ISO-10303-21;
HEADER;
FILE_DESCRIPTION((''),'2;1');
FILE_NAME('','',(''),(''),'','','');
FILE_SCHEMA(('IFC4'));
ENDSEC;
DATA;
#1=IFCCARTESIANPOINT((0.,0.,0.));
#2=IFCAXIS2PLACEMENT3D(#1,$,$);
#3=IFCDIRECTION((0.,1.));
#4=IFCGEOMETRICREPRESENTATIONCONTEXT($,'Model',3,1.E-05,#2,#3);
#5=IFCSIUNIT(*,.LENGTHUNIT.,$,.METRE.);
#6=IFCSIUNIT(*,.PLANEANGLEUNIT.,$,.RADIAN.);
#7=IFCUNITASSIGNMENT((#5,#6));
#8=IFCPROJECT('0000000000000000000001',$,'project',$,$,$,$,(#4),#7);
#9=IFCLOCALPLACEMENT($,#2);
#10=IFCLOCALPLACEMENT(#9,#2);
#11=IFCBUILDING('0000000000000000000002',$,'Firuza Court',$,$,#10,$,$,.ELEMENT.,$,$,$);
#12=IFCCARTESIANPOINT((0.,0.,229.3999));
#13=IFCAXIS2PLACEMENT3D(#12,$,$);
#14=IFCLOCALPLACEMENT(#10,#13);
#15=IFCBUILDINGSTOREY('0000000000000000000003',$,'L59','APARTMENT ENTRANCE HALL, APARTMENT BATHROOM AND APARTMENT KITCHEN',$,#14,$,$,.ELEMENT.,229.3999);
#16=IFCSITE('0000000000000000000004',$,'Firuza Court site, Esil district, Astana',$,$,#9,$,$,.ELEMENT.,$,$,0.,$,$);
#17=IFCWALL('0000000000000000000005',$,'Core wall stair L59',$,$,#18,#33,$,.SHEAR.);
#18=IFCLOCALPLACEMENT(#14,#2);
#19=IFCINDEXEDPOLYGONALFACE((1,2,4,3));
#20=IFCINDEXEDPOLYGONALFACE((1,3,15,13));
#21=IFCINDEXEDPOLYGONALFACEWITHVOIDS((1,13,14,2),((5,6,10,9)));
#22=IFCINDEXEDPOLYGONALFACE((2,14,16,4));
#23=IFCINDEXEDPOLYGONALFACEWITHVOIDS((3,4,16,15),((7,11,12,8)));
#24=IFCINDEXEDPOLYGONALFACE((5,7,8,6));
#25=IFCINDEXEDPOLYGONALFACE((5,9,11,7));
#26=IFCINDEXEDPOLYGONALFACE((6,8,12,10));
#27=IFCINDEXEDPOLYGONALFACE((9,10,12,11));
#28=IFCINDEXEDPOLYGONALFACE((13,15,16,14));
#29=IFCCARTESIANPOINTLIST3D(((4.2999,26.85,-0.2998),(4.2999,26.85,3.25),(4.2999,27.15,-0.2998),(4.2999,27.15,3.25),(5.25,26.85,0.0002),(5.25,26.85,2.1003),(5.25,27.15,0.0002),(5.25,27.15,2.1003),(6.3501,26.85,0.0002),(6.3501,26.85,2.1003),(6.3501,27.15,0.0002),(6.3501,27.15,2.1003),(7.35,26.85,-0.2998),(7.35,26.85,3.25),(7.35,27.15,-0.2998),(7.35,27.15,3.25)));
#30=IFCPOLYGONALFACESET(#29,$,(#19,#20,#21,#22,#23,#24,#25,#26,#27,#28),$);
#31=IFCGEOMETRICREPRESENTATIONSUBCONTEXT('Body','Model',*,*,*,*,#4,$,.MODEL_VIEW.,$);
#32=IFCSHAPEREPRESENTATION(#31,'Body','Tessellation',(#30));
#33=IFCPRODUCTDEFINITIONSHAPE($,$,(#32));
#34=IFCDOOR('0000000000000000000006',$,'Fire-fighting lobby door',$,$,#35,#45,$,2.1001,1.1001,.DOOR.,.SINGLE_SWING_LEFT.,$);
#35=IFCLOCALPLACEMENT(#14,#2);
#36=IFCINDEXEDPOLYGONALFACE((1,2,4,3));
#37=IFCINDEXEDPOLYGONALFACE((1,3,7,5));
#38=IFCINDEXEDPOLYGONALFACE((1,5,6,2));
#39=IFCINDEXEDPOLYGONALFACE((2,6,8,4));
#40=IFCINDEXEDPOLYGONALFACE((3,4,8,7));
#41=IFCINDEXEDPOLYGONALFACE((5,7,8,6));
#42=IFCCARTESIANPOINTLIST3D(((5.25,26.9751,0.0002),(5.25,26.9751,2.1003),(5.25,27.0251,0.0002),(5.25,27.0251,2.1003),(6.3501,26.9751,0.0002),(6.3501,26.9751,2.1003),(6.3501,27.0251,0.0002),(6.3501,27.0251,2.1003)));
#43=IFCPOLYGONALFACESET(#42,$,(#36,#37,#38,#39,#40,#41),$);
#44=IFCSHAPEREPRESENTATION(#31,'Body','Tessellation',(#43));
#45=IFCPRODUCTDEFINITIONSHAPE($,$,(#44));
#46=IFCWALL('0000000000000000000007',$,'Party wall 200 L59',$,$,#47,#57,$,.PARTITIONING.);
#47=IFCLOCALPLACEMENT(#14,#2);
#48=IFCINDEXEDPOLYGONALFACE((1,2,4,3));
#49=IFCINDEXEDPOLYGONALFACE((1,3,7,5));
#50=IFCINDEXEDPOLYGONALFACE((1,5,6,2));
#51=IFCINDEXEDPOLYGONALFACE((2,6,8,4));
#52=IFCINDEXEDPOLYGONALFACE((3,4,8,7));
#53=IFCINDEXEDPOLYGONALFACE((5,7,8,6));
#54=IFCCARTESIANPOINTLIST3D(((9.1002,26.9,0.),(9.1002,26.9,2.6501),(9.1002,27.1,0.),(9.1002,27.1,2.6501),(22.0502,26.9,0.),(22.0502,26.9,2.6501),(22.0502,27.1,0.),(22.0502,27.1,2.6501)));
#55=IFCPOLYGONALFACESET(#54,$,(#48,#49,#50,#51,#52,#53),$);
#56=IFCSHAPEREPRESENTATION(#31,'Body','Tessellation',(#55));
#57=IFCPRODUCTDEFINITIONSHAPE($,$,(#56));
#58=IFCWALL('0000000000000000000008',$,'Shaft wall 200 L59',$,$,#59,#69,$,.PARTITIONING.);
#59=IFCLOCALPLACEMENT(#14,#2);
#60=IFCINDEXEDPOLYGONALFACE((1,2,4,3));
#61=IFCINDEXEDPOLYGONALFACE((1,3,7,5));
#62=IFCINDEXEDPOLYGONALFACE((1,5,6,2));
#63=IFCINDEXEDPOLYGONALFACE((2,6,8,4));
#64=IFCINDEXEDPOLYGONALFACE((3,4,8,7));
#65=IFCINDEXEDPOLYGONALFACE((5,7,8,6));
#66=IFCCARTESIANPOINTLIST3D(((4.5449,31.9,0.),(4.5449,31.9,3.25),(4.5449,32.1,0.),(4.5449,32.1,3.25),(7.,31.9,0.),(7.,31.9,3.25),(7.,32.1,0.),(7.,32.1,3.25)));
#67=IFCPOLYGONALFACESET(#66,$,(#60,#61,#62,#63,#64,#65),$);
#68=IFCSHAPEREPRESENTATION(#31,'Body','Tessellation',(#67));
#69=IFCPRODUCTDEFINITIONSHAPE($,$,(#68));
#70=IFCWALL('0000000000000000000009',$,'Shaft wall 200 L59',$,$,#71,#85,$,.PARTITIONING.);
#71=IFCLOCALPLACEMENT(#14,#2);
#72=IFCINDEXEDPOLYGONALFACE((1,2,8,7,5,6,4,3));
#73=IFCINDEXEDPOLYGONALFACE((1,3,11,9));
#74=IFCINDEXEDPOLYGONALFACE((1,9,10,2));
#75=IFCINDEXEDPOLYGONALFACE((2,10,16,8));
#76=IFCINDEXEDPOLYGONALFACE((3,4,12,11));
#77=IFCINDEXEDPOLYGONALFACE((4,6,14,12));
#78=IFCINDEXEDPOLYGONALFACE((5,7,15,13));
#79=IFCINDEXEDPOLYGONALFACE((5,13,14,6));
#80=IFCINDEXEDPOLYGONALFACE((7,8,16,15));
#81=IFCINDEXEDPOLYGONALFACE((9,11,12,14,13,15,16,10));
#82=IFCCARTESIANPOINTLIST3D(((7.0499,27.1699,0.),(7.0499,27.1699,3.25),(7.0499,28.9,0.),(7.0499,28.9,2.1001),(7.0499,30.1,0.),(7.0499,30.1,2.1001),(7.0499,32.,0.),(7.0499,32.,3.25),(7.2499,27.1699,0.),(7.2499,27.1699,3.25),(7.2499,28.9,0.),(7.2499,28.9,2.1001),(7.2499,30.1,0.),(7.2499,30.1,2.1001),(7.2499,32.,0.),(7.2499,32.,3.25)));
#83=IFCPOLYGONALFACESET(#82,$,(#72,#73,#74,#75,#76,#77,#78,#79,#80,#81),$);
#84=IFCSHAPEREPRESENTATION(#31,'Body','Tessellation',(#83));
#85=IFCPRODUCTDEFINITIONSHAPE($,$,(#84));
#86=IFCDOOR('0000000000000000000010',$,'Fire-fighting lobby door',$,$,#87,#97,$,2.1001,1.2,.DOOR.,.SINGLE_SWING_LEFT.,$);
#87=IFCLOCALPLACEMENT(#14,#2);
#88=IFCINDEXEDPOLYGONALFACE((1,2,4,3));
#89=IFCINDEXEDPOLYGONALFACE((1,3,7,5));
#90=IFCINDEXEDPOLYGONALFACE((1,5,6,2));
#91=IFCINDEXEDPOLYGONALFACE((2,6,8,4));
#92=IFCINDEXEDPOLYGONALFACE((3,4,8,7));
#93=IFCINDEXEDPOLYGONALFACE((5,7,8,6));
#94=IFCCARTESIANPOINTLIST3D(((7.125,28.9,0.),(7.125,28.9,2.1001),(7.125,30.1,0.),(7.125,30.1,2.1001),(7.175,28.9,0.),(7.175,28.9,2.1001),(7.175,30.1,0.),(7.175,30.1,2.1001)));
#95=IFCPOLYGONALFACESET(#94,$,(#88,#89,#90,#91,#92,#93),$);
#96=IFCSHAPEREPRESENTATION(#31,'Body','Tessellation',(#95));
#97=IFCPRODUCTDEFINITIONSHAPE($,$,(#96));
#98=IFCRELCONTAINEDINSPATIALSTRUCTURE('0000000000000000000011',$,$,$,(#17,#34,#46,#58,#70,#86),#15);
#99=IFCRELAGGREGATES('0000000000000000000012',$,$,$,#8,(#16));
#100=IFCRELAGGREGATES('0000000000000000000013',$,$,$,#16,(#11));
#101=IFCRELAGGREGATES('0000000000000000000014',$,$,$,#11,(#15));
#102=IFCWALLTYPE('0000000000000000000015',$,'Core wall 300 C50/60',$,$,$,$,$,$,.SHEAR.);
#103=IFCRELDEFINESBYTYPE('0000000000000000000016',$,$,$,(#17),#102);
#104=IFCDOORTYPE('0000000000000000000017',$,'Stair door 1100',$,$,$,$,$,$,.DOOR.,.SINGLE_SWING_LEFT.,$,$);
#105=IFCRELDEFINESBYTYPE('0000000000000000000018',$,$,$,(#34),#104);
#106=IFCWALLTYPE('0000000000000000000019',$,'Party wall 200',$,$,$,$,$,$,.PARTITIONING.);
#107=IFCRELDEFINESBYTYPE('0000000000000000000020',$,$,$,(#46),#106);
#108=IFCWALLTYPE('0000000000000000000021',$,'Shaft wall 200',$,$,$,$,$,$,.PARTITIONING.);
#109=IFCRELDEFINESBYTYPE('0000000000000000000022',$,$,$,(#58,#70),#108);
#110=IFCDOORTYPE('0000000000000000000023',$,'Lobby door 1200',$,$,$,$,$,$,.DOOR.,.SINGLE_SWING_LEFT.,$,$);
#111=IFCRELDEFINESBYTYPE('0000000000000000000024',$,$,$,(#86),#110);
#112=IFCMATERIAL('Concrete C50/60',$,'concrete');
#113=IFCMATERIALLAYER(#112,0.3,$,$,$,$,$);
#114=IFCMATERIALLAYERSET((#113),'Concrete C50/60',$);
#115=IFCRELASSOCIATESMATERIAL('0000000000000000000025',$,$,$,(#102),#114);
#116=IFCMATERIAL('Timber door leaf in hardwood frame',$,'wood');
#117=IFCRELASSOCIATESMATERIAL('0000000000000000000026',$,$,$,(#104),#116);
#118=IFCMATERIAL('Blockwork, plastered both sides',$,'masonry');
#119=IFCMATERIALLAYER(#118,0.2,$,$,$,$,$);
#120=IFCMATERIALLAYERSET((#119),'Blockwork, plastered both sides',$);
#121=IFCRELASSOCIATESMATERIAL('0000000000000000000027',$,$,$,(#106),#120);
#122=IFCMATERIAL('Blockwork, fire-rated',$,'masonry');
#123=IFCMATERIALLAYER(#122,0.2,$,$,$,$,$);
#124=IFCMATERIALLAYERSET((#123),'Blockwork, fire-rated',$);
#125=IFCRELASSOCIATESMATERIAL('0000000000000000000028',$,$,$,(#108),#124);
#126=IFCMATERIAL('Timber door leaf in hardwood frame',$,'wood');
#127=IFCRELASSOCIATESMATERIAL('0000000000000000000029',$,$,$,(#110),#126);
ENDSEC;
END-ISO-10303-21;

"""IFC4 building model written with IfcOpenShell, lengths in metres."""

from ifc_helpers import new_model, si_unit, direction, frame, frame_2d, origin, place, context, subcontext, project, spatial, rectangle, extrude, material, layer, layer_set, type_object, element, fill, save


model = new_model("IFC4")

# Units and contexts
model_context = context("Model", 3, precision=1e-05, world=origin(), true_north=direction((0.0, 1.0)))
body_context = subcontext(model_context, "Body", "Model", "MODEL_VIEW")
ifc_project = project(units=[si_unit("LENGTHUNIT", "METRE"), si_unit("PLANEANGLEUNIT", "RADIAN")], contexts=[model_context])

# Site, building, storey
site_placement = place(None, origin())
site = spatial("IfcSite", under=ifc_project, at=site_placement, Name="Firuza Court site, Esil district, Astana", CompositionType="ELEMENT", RefElevation=0.0)
building_placement = place(site_placement, origin())
building = spatial("IfcBuilding", under=site, at=building_placement, Name="Firuza Court", CompositionType="ELEMENT")
storey_placement = place(building_placement, frame((0.0, 0.0, 229.3999)))
storey = spatial("IfcBuildingStorey", under=building, at=storey_placement, Name="L59", Description="APARTMENT ENTRANCE HALL, APARTMENT BATHROOM AND APARTMENT KITCHEN", CompositionType="ELEMENT", Elevation=229.3999)

# Wall, opening, door
ifc_material_1 = material(Name="Concrete C50/60", Category="concrete")
ifc_layer_1 = layer(ifc_material_1, 0.3)
ifc_layer_set_1 = layer_set([ifc_layer_1], Name="Concrete C50/60")
wall_type_1 = type_object("IfcWallType", Name="Core wall 300 C50/60", PredefinedType="SHEAR", material=ifc_layer_set_1)
wall_1_placement = place(storey_placement, frame((4.3, 27.0, -0.2998), z_axis=(0.0, 0.0, 1.0), x_axis=(1.0, 0.0, 0.0)))
wall_1 = element("IfcWall", 1, at=wall_1_placement, inside=storey, type_object=wall_type_1, Name="Core wall stair L59", PredefinedType="SHEAR", context=body_context, shape_type="SweptSolid", body=[
    extrude(rectangle(XDim=3.05, YDim=0.3, at=frame_2d((1.5249, 0.0))), origin(), (0.0, 0.0, 1.0), 3.5498),
])
opening_1_placement = place(wall_1_placement, frame((0.95, 0.0, 0.3)))
opening_1 = element("IfcOpeningElement", 2, at=opening_1_placement, cuts=wall_1, PredefinedType="OPENING", context=body_context, shape_type="SweptSolid", body=[
    extrude(rectangle(XDim=1.1001, YDim=2.1001, at=frame_2d((0.55, 1.05))), frame((0.0, 0.1621, 0.0), z_axis=(0.0, -1.0, 0.0), x_axis=(1.0, 0.0, 0.0)), (0.0, 0.0, 1.0), 0.324),
])
ifc_material_2 = material(Name="Timber door leaf in hardwood frame", Category="wood")
door_type_1 = type_object("IfcDoorType", Name="Stair door 1100", OperationType="SINGLE_SWING_LEFT", PredefinedType="DOOR", material=ifc_material_2)
door_1_placement = place(opening_1_placement, frame((1.1001, 0.0, 0.0), z_axis=(0.0, 0.0, 1.0), x_axis=(-1.0, 0.0, 0.0)))
door_1 = element("IfcDoor", 3, at=door_1_placement, inside=storey, type_object=door_type_1, Name="Fire-fighting lobby door", OperationType="SINGLE_SWING_LEFT", OverallHeight=2.1001, OverallWidth=1.1001, PredefinedType="DOOR", context=body_context, shape_type="SweptSolid", body=[
    extrude(rectangle(XDim=1.1001, YDim=2.1001, at=frame_2d((0.55, 1.05))), frame((0.0, 0.0249, 0.0), z_axis=(0.0, -1.0, 0.0), x_axis=(1.0, 0.0, 0.0)), (0.0, 0.0, 1.0), 0.05),
])
fill(opening_1, door_1)

# Walls
ifc_material_3 = material(Name="Blockwork, plastered both sides", Category="masonry")
ifc_layer_2 = layer(ifc_material_3, 0.2)
ifc_layer_set_2 = layer_set([ifc_layer_2], Name="Blockwork, plastered both sides")
wall_type_2 = type_object("IfcWallType", Name="Party wall 200", PredefinedType="PARTITIONING", material=ifc_layer_set_2)
wall_2_placement = place(storey_placement, frame((9.1001, 27.0, 0.0), z_axis=(0.0, 0.0, 1.0), x_axis=(1.0, 0.0, 0.0)))
element("IfcWall", 4, at=wall_2_placement, inside=storey, type_object=wall_type_2, Name="Party wall 200 L59", PredefinedType="PARTITIONING", context=body_context, shape_type="SweptSolid", body=[
    extrude(rectangle(XDim=12.95, YDim=0.2, at=frame_2d((6.4751, 0.0))), origin(), (0.0, 0.0, 1.0), 2.6501),
])
ifc_material_4 = material(Name="Blockwork, fire-rated", Category="masonry")
ifc_layer_3 = layer(ifc_material_4, 0.2)
ifc_layer_set_3 = layer_set([ifc_layer_3], Name="Blockwork, fire-rated")
wall_type_3 = type_object("IfcWallType", Name="Shaft wall 200", PredefinedType="PARTITIONING", material=ifc_layer_set_3)
wall_3_placement = place(storey_placement, frame((4.5449, 32.0, 0.0), z_axis=(0.0, 0.0, 1.0), x_axis=(1.0, 0.0, 0.0)))
element("IfcWall", 5, at=wall_3_placement, inside=storey, type_object=wall_type_3, Name="Shaft wall 200 L59", PredefinedType="PARTITIONING", context=body_context, shape_type="SweptSolid", body=[
    extrude(rectangle(XDim=2.4551, YDim=0.2, at=frame_2d((1.2275, 0.0))), origin(), (0.0, 0.0, 1.0), 3.25),
])

# Wall, opening, door
wall_4_placement = place(storey_placement, frame((7.1499, 27.1699, 0.0), z_axis=(0.0, 0.0, 1.0), x_axis=(0.0, 1.0, 0.0)))
wall_4 = element("IfcWall", 6, at=wall_4_placement, inside=storey, type_object=wall_type_3, Name="Shaft wall 200 L59", PredefinedType="PARTITIONING", context=body_context, shape_type="SweptSolid", body=[
    extrude(rectangle(XDim=4.8301, YDim=0.2, at=frame_2d((2.415, 0.0))), origin(), (0.0, 0.0, 1.0), 3.25),
])
opening_2_placement = place(wall_4_placement, frame((1.73, 0.0, 0.0)))
opening_2 = element("IfcOpeningElement", 7, at=opening_2_placement, cuts=wall_4, PredefinedType="OPENING", context=body_context, shape_type="SweptSolid", body=[
    extrude(rectangle(XDim=1.2, YDim=2.1001, at=frame_2d((0.6001, 1.05))), frame((0.0, 0.1118, 0.0), z_axis=(0.0, -1.0, 0.0), x_axis=(1.0, 0.0, 0.0)), (0.0, 0.0, 1.0), 0.2239),
])
ifc_material_5 = material(Name="Timber door leaf in hardwood frame", Category="wood")
door_type_2 = type_object("IfcDoorType", Name="Lobby door 1200", OperationType="SINGLE_SWING_LEFT", PredefinedType="DOOR", material=ifc_material_5)
door_2_placement = place(opening_2_placement, origin())
door_2 = element("IfcDoor", 8, at=door_2_placement, inside=storey, type_object=door_type_2, Name="Fire-fighting lobby door", OperationType="SINGLE_SWING_LEFT", OverallHeight=2.1001, OverallWidth=1.2, PredefinedType="DOOR", context=body_context, shape_type="SweptSolid", body=[
    extrude(rectangle(XDim=1.2, YDim=2.1001, at=frame_2d((0.6001, 1.05))), frame((0.0, 0.0249, 0.0), z_axis=(0.0, -1.0, 0.0), x_axis=(1.0, 0.0, 0.0)), (0.0, 0.0, 1.0), 0.05),
])
fill(opening_2, door_2)

save(model, "model.ifc")
